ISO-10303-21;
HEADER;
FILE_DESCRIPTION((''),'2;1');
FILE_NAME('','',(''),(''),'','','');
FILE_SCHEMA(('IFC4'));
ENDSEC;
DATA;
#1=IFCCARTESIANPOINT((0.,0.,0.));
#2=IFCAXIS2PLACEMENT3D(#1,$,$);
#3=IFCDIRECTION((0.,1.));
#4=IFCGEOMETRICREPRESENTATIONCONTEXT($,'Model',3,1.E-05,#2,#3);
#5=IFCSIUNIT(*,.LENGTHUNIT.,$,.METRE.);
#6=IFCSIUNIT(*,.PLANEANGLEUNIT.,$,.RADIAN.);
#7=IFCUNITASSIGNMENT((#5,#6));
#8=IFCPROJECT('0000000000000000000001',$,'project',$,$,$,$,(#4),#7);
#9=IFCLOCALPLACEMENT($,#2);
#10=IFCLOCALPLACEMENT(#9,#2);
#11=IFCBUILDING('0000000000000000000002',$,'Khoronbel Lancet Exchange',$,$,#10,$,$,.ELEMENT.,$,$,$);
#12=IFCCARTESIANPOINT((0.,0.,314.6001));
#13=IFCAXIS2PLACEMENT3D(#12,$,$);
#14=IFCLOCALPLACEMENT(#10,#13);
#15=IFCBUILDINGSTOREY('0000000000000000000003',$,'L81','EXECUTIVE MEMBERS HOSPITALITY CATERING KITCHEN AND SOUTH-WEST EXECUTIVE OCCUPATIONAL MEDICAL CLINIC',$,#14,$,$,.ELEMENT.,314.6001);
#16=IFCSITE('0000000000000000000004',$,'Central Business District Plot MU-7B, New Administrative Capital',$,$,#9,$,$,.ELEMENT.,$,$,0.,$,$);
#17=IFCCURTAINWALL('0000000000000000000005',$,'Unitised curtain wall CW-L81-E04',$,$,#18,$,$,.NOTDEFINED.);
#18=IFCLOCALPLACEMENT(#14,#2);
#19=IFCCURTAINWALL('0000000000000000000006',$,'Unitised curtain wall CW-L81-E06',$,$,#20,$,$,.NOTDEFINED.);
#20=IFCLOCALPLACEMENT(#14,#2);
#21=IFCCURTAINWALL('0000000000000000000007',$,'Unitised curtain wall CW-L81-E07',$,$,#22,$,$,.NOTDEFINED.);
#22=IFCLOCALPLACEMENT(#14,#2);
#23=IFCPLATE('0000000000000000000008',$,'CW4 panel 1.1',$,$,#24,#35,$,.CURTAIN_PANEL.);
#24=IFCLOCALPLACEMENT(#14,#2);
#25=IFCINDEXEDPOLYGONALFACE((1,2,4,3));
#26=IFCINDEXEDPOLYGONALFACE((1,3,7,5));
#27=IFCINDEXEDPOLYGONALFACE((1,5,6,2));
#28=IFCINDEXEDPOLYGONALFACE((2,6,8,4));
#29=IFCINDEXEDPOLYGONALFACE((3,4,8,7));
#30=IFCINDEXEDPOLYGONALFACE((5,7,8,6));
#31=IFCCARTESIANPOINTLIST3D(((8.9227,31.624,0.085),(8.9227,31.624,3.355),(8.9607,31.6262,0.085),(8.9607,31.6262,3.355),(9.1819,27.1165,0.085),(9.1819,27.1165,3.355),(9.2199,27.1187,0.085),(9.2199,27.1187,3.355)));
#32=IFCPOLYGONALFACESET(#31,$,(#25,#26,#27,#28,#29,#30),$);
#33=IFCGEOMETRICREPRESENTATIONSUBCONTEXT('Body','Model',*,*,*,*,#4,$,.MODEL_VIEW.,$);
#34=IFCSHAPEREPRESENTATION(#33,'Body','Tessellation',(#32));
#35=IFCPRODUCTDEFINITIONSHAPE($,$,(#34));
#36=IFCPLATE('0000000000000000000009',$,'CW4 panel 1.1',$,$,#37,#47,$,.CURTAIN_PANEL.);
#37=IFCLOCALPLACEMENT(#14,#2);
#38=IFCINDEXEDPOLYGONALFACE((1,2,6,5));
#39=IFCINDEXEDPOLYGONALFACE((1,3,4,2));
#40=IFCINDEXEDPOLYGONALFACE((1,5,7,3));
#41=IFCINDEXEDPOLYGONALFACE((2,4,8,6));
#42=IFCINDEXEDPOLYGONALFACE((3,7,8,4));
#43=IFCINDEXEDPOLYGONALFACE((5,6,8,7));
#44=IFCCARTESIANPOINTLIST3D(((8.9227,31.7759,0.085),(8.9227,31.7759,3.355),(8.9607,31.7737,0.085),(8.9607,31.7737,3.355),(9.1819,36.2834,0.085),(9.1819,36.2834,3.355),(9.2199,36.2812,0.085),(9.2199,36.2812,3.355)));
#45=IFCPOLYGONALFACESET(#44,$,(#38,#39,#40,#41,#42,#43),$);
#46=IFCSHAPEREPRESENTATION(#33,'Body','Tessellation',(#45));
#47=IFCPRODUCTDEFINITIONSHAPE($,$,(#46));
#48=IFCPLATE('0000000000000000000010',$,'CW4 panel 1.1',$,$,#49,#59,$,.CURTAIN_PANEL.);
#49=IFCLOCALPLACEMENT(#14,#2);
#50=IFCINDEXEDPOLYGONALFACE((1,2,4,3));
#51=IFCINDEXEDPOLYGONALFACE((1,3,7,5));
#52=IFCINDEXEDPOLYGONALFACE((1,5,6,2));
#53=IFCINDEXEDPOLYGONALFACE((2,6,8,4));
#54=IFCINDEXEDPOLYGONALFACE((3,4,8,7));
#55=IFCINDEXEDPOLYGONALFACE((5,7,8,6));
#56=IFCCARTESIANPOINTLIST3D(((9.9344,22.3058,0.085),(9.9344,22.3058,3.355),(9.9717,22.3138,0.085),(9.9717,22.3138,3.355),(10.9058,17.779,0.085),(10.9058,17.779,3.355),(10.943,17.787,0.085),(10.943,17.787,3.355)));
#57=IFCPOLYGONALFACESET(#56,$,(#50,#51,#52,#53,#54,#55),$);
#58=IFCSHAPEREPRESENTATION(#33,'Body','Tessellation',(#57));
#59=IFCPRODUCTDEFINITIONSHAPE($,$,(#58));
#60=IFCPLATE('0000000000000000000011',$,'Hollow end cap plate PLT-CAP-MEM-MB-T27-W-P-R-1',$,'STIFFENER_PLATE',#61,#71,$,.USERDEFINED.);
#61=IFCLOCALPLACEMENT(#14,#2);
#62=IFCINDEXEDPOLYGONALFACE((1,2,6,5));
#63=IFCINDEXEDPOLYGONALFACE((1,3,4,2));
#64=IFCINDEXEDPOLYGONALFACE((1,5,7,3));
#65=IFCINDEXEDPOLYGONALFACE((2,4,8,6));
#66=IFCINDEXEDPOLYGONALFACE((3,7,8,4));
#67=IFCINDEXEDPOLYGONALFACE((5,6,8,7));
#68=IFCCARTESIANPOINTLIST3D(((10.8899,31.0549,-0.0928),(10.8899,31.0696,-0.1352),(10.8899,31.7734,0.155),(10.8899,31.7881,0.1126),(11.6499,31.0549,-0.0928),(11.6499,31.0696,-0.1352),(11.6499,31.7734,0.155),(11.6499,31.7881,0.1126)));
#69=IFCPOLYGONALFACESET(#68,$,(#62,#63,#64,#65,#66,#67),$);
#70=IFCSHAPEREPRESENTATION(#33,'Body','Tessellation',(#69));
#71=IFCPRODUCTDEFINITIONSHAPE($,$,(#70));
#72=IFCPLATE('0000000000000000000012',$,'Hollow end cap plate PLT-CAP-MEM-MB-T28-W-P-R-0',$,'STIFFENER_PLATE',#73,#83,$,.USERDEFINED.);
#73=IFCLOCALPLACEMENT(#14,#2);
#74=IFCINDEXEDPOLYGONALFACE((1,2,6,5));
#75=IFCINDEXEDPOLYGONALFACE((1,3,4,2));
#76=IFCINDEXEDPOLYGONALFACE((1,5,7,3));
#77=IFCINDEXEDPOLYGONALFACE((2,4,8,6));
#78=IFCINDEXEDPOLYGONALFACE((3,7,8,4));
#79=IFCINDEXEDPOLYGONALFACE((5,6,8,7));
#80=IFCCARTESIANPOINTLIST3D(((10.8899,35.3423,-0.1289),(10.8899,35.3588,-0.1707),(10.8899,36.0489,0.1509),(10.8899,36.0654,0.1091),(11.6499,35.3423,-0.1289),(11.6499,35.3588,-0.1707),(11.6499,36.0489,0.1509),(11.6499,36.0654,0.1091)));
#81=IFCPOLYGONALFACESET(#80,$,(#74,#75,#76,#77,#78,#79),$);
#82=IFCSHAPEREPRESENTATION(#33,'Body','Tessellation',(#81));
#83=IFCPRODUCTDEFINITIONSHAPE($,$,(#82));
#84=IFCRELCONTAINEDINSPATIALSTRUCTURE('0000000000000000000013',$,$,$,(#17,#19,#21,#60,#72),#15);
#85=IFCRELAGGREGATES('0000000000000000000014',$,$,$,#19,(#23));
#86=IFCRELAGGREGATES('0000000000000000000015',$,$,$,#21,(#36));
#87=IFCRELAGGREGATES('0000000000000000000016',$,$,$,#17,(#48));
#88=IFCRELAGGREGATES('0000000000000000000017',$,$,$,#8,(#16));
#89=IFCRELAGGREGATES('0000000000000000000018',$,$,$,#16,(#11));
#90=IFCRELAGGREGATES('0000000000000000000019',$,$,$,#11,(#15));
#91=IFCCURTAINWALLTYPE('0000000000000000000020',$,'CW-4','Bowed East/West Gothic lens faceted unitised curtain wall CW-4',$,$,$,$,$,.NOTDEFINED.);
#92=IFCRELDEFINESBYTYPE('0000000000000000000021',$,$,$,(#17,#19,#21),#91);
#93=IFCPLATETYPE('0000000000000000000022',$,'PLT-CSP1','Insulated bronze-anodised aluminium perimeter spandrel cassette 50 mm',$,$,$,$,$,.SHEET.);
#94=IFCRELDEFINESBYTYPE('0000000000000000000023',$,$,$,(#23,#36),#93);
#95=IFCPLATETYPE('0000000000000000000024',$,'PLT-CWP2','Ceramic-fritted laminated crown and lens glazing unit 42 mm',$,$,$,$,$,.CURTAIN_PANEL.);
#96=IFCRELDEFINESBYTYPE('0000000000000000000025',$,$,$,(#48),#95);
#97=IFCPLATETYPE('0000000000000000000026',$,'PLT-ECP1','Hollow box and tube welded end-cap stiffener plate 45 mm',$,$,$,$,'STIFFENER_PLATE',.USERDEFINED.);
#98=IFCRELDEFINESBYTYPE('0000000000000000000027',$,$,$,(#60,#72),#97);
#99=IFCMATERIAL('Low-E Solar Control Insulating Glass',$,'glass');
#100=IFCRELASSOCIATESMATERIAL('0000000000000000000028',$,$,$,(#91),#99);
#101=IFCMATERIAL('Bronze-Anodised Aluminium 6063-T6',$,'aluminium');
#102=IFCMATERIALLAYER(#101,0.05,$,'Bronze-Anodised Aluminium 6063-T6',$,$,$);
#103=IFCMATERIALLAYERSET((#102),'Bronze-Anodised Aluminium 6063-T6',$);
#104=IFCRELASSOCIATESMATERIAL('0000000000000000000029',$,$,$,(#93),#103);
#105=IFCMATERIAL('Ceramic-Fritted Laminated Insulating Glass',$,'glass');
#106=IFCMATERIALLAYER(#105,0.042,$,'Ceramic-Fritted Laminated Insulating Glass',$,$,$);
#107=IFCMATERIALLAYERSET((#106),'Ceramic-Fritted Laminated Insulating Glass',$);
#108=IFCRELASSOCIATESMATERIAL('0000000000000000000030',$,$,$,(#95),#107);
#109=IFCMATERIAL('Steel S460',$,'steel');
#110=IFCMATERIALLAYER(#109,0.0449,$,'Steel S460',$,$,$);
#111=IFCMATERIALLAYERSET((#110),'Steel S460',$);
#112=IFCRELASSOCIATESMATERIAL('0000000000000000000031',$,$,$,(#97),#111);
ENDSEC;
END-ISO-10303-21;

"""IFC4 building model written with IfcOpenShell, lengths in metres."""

from ifc_helpers import new_model, si_unit, direction, frame, origin, origin_2d, place, context, subcontext, project, spatial, polyline, rectangle, outline, extrude, material, layer, layer_set, type_object, element, aggregate, save


model = new_model("IFC4")

# Units and contexts
model_context = context("Model", 3, precision=1e-05, world=origin(), true_north=direction((0.0, 1.0)))
body_context = subcontext(model_context, "Body", "Model", "MODEL_VIEW")
ifc_project = project(units=[si_unit("LENGTHUNIT", "METRE"), si_unit("PLANEANGLEUNIT", "RADIAN")], contexts=[model_context])

# Site, building, storey
site_placement = place(None, origin())
site = spatial("IfcSite", under=ifc_project, at=site_placement, Name="Central Business District Plot MU-7B, New Administrative Capital", CompositionType="ELEMENT", RefElevation=0.0)
building_placement = place(site_placement, origin())
building = spatial("IfcBuilding", under=site, at=building_placement, Name="Khoronbel Lancet Exchange", CompositionType="ELEMENT")
storey_placement = place(building_placement, frame((0.0, 0.0, 314.6001)))
storey = spatial("IfcBuildingStorey", under=building, at=storey_placement, Name="L81", Description="EXECUTIVE MEMBERS HOSPITALITY CATERING KITCHEN AND SOUTH-WEST EXECUTIVE OCCUPATIONAL MEDICAL CLINIC", CompositionType="ELEMENT", Elevation=314.6001)

# Curtain walls
ifc_material_1 = material(Name="Low-E Solar Control Insulating Glass", Category="glass")
curtain_wall_type = type_object("IfcCurtainWallType", Name="CW-4", Description="Bowed East/West Gothic lens faceted unitised curtain wall CW-4", PredefinedType="NOTDEFINED", material=ifc_material_1)
curtain_wall_1_placement = place(storey_placement, origin())
curtain_wall_1 = element("IfcCurtainWall", 1, at=curtain_wall_1_placement, inside=storey, type_object=curtain_wall_type, Name="Unitised curtain wall CW-L81-E04", PredefinedType="NOTDEFINED")
ifc_material_2 = material(Name="Bronze-Anodised Aluminium 6063-T6", Category="aluminium")
curtain_wall_2_placement = place(storey_placement, origin())
curtain_wall_2 = element("IfcCurtainWall", 2, at=curtain_wall_2_placement, inside=storey, type_object=curtain_wall_type, Name="Unitised curtain wall CW-L81-E06", PredefinedType="NOTDEFINED")

# Curtain wall
curtain_wall_3_placement = place(storey_placement, origin())
curtain_wall_3 = element("IfcCurtainWall", 3, at=curtain_wall_3_placement, inside=storey, type_object=curtain_wall_type, Name="Unitised curtain wall CW-L81-E07", PredefinedType="NOTDEFINED")

# Plates
ifc_layer_1 = layer(ifc_material_2, 0.05, Name="Bronze-Anodised Aluminium 6063-T6")
ifc_layer_set_1 = layer_set([ifc_layer_1], Name="Bronze-Anodised Aluminium 6063-T6")
plate_type_1 = type_object("IfcPlateType", Name="PLT-CSP1", Description="Insulated bronze-anodised aluminium perimeter spandrel cassette 50 mm", PredefinedType="SHEET", material=ifc_layer_set_1)
plate_1_placement = place(storey_placement, frame((9.0713, 29.3713, 0.085), z_axis=(0.0, 0.0, 1.0), x_axis=(-0.057409, 0.998351, 0.0)))
plate_1 = element("IfcPlate", 4, at=plate_1_placement, type_object=plate_type_1, Name="CW4 panel 1.1", PredefinedType="CURTAIN_PANEL", context=body_context, shape_type="SweptSolid", body=[
    extrude(rectangle(XDim=4.5149, YDim=0.0381, at=origin_2d()), origin(), (0.0, 0.0, 1.0), 3.27),
])
aggregate(curtain_wall_2, [plate_1])
plate_2_placement = place(storey_placement, frame((9.0713, 34.0286, 0.085), z_axis=(0.0, 0.0, 1.0), x_axis=(0.057409, 0.998351, 0.0)))
plate_2 = element("IfcPlate", 5, at=plate_2_placement, type_object=plate_type_1, Name="CW4 panel 1.1", PredefinedType="CURTAIN_PANEL", context=body_context, shape_type="SweptSolid", body=[
    extrude(rectangle(XDim=4.5149, YDim=0.0381, at=origin_2d()), origin(), (0.0, 0.0, 1.0), 3.27),
])
aggregate(curtain_wall_3, [plate_2])
ifc_material_3 = material(Name="Ceramic-Fritted Laminated Insulating Glass", Category="glass")
ifc_layer_2 = layer(ifc_material_3, 0.042, Name="Ceramic-Fritted Laminated Insulating Glass")
ifc_layer_set_2 = layer_set([ifc_layer_2], Name="Ceramic-Fritted Laminated Insulating Glass")
plate_type_2 = type_object("IfcPlateType", Name="PLT-CWP2", Description="Ceramic-fritted laminated crown and lens glazing unit 42 mm", PredefinedType="CURTAIN_PANEL", material=ifc_layer_set_2)
plate_3_placement = place(storey_placement, frame((10.4387, 20.0464, 0.085), z_axis=(0.0, 0.0, 1.0), x_axis=(-0.209792, 0.977746, 0.0)))
plate_3 = element("IfcPlate", 6, at=plate_3_placement, type_object=plate_type_2, Name="CW4 panel 1.1", PredefinedType="CURTAIN_PANEL", context=body_context, shape_type="SweptSolid", body=[
    extrude(rectangle(XDim=4.6299, YDim=0.0381, at=origin_2d()), origin(), (0.0, 0.0, 1.0), 3.27),
])
aggregate(curtain_wall_1, [plate_3])

# Plates
ifc_material_4 = material(Name="Steel S460", Category="steel")
ifc_layer_3 = layer(ifc_material_4, 0.0449, Name="Steel S460")
ifc_layer_set_3 = layer_set([ifc_layer_3], Name="Steel S460")
plate_type_3 = type_object("IfcPlateType", Name="PLT-ECP1", Description="Hollow box and tube welded end-cap stiffener plate 45 mm", ElementType="STIFFENER_PLATE", PredefinedType="USERDEFINED", material=ifc_layer_set_3)
for number, where, z_axis, x_axis, name in (
    (7, (10.8899, 31.0549, -0.0928), (0.0, -0.32604, 0.945356), (1.0, 0.0, 0.0), "Hollow end cap plate PLT-CAP-MEM-MB-T27-W-P-R-1"),
    (8, (10.8899, 35.3423, -0.1289), (0.0, -0.368176, 0.929756), (1.0, 0.0, 0.0), "Hollow end cap plate PLT-CAP-MEM-MB-T28-W-P-R-0"),
):
    element("IfcPlate", number, at=place(storey_placement, frame(where, z_axis=z_axis, x_axis=x_axis)), inside=storey, type_object=plate_type_3, Name=name, ObjectType="STIFFENER_PLATE", PredefinedType="USERDEFINED", context=body_context, shape_type="SweptSolid", body=[
        extrude(outline(polyline([(0.0, 0.0), (0.76, 0.0), (0.76, 0.76), (0.0, 0.76), (0.0, 0.0)])), origin(), (0.0, 0.0, -1.0), 0.0449),
    ])

save(model, "model.ifc")
